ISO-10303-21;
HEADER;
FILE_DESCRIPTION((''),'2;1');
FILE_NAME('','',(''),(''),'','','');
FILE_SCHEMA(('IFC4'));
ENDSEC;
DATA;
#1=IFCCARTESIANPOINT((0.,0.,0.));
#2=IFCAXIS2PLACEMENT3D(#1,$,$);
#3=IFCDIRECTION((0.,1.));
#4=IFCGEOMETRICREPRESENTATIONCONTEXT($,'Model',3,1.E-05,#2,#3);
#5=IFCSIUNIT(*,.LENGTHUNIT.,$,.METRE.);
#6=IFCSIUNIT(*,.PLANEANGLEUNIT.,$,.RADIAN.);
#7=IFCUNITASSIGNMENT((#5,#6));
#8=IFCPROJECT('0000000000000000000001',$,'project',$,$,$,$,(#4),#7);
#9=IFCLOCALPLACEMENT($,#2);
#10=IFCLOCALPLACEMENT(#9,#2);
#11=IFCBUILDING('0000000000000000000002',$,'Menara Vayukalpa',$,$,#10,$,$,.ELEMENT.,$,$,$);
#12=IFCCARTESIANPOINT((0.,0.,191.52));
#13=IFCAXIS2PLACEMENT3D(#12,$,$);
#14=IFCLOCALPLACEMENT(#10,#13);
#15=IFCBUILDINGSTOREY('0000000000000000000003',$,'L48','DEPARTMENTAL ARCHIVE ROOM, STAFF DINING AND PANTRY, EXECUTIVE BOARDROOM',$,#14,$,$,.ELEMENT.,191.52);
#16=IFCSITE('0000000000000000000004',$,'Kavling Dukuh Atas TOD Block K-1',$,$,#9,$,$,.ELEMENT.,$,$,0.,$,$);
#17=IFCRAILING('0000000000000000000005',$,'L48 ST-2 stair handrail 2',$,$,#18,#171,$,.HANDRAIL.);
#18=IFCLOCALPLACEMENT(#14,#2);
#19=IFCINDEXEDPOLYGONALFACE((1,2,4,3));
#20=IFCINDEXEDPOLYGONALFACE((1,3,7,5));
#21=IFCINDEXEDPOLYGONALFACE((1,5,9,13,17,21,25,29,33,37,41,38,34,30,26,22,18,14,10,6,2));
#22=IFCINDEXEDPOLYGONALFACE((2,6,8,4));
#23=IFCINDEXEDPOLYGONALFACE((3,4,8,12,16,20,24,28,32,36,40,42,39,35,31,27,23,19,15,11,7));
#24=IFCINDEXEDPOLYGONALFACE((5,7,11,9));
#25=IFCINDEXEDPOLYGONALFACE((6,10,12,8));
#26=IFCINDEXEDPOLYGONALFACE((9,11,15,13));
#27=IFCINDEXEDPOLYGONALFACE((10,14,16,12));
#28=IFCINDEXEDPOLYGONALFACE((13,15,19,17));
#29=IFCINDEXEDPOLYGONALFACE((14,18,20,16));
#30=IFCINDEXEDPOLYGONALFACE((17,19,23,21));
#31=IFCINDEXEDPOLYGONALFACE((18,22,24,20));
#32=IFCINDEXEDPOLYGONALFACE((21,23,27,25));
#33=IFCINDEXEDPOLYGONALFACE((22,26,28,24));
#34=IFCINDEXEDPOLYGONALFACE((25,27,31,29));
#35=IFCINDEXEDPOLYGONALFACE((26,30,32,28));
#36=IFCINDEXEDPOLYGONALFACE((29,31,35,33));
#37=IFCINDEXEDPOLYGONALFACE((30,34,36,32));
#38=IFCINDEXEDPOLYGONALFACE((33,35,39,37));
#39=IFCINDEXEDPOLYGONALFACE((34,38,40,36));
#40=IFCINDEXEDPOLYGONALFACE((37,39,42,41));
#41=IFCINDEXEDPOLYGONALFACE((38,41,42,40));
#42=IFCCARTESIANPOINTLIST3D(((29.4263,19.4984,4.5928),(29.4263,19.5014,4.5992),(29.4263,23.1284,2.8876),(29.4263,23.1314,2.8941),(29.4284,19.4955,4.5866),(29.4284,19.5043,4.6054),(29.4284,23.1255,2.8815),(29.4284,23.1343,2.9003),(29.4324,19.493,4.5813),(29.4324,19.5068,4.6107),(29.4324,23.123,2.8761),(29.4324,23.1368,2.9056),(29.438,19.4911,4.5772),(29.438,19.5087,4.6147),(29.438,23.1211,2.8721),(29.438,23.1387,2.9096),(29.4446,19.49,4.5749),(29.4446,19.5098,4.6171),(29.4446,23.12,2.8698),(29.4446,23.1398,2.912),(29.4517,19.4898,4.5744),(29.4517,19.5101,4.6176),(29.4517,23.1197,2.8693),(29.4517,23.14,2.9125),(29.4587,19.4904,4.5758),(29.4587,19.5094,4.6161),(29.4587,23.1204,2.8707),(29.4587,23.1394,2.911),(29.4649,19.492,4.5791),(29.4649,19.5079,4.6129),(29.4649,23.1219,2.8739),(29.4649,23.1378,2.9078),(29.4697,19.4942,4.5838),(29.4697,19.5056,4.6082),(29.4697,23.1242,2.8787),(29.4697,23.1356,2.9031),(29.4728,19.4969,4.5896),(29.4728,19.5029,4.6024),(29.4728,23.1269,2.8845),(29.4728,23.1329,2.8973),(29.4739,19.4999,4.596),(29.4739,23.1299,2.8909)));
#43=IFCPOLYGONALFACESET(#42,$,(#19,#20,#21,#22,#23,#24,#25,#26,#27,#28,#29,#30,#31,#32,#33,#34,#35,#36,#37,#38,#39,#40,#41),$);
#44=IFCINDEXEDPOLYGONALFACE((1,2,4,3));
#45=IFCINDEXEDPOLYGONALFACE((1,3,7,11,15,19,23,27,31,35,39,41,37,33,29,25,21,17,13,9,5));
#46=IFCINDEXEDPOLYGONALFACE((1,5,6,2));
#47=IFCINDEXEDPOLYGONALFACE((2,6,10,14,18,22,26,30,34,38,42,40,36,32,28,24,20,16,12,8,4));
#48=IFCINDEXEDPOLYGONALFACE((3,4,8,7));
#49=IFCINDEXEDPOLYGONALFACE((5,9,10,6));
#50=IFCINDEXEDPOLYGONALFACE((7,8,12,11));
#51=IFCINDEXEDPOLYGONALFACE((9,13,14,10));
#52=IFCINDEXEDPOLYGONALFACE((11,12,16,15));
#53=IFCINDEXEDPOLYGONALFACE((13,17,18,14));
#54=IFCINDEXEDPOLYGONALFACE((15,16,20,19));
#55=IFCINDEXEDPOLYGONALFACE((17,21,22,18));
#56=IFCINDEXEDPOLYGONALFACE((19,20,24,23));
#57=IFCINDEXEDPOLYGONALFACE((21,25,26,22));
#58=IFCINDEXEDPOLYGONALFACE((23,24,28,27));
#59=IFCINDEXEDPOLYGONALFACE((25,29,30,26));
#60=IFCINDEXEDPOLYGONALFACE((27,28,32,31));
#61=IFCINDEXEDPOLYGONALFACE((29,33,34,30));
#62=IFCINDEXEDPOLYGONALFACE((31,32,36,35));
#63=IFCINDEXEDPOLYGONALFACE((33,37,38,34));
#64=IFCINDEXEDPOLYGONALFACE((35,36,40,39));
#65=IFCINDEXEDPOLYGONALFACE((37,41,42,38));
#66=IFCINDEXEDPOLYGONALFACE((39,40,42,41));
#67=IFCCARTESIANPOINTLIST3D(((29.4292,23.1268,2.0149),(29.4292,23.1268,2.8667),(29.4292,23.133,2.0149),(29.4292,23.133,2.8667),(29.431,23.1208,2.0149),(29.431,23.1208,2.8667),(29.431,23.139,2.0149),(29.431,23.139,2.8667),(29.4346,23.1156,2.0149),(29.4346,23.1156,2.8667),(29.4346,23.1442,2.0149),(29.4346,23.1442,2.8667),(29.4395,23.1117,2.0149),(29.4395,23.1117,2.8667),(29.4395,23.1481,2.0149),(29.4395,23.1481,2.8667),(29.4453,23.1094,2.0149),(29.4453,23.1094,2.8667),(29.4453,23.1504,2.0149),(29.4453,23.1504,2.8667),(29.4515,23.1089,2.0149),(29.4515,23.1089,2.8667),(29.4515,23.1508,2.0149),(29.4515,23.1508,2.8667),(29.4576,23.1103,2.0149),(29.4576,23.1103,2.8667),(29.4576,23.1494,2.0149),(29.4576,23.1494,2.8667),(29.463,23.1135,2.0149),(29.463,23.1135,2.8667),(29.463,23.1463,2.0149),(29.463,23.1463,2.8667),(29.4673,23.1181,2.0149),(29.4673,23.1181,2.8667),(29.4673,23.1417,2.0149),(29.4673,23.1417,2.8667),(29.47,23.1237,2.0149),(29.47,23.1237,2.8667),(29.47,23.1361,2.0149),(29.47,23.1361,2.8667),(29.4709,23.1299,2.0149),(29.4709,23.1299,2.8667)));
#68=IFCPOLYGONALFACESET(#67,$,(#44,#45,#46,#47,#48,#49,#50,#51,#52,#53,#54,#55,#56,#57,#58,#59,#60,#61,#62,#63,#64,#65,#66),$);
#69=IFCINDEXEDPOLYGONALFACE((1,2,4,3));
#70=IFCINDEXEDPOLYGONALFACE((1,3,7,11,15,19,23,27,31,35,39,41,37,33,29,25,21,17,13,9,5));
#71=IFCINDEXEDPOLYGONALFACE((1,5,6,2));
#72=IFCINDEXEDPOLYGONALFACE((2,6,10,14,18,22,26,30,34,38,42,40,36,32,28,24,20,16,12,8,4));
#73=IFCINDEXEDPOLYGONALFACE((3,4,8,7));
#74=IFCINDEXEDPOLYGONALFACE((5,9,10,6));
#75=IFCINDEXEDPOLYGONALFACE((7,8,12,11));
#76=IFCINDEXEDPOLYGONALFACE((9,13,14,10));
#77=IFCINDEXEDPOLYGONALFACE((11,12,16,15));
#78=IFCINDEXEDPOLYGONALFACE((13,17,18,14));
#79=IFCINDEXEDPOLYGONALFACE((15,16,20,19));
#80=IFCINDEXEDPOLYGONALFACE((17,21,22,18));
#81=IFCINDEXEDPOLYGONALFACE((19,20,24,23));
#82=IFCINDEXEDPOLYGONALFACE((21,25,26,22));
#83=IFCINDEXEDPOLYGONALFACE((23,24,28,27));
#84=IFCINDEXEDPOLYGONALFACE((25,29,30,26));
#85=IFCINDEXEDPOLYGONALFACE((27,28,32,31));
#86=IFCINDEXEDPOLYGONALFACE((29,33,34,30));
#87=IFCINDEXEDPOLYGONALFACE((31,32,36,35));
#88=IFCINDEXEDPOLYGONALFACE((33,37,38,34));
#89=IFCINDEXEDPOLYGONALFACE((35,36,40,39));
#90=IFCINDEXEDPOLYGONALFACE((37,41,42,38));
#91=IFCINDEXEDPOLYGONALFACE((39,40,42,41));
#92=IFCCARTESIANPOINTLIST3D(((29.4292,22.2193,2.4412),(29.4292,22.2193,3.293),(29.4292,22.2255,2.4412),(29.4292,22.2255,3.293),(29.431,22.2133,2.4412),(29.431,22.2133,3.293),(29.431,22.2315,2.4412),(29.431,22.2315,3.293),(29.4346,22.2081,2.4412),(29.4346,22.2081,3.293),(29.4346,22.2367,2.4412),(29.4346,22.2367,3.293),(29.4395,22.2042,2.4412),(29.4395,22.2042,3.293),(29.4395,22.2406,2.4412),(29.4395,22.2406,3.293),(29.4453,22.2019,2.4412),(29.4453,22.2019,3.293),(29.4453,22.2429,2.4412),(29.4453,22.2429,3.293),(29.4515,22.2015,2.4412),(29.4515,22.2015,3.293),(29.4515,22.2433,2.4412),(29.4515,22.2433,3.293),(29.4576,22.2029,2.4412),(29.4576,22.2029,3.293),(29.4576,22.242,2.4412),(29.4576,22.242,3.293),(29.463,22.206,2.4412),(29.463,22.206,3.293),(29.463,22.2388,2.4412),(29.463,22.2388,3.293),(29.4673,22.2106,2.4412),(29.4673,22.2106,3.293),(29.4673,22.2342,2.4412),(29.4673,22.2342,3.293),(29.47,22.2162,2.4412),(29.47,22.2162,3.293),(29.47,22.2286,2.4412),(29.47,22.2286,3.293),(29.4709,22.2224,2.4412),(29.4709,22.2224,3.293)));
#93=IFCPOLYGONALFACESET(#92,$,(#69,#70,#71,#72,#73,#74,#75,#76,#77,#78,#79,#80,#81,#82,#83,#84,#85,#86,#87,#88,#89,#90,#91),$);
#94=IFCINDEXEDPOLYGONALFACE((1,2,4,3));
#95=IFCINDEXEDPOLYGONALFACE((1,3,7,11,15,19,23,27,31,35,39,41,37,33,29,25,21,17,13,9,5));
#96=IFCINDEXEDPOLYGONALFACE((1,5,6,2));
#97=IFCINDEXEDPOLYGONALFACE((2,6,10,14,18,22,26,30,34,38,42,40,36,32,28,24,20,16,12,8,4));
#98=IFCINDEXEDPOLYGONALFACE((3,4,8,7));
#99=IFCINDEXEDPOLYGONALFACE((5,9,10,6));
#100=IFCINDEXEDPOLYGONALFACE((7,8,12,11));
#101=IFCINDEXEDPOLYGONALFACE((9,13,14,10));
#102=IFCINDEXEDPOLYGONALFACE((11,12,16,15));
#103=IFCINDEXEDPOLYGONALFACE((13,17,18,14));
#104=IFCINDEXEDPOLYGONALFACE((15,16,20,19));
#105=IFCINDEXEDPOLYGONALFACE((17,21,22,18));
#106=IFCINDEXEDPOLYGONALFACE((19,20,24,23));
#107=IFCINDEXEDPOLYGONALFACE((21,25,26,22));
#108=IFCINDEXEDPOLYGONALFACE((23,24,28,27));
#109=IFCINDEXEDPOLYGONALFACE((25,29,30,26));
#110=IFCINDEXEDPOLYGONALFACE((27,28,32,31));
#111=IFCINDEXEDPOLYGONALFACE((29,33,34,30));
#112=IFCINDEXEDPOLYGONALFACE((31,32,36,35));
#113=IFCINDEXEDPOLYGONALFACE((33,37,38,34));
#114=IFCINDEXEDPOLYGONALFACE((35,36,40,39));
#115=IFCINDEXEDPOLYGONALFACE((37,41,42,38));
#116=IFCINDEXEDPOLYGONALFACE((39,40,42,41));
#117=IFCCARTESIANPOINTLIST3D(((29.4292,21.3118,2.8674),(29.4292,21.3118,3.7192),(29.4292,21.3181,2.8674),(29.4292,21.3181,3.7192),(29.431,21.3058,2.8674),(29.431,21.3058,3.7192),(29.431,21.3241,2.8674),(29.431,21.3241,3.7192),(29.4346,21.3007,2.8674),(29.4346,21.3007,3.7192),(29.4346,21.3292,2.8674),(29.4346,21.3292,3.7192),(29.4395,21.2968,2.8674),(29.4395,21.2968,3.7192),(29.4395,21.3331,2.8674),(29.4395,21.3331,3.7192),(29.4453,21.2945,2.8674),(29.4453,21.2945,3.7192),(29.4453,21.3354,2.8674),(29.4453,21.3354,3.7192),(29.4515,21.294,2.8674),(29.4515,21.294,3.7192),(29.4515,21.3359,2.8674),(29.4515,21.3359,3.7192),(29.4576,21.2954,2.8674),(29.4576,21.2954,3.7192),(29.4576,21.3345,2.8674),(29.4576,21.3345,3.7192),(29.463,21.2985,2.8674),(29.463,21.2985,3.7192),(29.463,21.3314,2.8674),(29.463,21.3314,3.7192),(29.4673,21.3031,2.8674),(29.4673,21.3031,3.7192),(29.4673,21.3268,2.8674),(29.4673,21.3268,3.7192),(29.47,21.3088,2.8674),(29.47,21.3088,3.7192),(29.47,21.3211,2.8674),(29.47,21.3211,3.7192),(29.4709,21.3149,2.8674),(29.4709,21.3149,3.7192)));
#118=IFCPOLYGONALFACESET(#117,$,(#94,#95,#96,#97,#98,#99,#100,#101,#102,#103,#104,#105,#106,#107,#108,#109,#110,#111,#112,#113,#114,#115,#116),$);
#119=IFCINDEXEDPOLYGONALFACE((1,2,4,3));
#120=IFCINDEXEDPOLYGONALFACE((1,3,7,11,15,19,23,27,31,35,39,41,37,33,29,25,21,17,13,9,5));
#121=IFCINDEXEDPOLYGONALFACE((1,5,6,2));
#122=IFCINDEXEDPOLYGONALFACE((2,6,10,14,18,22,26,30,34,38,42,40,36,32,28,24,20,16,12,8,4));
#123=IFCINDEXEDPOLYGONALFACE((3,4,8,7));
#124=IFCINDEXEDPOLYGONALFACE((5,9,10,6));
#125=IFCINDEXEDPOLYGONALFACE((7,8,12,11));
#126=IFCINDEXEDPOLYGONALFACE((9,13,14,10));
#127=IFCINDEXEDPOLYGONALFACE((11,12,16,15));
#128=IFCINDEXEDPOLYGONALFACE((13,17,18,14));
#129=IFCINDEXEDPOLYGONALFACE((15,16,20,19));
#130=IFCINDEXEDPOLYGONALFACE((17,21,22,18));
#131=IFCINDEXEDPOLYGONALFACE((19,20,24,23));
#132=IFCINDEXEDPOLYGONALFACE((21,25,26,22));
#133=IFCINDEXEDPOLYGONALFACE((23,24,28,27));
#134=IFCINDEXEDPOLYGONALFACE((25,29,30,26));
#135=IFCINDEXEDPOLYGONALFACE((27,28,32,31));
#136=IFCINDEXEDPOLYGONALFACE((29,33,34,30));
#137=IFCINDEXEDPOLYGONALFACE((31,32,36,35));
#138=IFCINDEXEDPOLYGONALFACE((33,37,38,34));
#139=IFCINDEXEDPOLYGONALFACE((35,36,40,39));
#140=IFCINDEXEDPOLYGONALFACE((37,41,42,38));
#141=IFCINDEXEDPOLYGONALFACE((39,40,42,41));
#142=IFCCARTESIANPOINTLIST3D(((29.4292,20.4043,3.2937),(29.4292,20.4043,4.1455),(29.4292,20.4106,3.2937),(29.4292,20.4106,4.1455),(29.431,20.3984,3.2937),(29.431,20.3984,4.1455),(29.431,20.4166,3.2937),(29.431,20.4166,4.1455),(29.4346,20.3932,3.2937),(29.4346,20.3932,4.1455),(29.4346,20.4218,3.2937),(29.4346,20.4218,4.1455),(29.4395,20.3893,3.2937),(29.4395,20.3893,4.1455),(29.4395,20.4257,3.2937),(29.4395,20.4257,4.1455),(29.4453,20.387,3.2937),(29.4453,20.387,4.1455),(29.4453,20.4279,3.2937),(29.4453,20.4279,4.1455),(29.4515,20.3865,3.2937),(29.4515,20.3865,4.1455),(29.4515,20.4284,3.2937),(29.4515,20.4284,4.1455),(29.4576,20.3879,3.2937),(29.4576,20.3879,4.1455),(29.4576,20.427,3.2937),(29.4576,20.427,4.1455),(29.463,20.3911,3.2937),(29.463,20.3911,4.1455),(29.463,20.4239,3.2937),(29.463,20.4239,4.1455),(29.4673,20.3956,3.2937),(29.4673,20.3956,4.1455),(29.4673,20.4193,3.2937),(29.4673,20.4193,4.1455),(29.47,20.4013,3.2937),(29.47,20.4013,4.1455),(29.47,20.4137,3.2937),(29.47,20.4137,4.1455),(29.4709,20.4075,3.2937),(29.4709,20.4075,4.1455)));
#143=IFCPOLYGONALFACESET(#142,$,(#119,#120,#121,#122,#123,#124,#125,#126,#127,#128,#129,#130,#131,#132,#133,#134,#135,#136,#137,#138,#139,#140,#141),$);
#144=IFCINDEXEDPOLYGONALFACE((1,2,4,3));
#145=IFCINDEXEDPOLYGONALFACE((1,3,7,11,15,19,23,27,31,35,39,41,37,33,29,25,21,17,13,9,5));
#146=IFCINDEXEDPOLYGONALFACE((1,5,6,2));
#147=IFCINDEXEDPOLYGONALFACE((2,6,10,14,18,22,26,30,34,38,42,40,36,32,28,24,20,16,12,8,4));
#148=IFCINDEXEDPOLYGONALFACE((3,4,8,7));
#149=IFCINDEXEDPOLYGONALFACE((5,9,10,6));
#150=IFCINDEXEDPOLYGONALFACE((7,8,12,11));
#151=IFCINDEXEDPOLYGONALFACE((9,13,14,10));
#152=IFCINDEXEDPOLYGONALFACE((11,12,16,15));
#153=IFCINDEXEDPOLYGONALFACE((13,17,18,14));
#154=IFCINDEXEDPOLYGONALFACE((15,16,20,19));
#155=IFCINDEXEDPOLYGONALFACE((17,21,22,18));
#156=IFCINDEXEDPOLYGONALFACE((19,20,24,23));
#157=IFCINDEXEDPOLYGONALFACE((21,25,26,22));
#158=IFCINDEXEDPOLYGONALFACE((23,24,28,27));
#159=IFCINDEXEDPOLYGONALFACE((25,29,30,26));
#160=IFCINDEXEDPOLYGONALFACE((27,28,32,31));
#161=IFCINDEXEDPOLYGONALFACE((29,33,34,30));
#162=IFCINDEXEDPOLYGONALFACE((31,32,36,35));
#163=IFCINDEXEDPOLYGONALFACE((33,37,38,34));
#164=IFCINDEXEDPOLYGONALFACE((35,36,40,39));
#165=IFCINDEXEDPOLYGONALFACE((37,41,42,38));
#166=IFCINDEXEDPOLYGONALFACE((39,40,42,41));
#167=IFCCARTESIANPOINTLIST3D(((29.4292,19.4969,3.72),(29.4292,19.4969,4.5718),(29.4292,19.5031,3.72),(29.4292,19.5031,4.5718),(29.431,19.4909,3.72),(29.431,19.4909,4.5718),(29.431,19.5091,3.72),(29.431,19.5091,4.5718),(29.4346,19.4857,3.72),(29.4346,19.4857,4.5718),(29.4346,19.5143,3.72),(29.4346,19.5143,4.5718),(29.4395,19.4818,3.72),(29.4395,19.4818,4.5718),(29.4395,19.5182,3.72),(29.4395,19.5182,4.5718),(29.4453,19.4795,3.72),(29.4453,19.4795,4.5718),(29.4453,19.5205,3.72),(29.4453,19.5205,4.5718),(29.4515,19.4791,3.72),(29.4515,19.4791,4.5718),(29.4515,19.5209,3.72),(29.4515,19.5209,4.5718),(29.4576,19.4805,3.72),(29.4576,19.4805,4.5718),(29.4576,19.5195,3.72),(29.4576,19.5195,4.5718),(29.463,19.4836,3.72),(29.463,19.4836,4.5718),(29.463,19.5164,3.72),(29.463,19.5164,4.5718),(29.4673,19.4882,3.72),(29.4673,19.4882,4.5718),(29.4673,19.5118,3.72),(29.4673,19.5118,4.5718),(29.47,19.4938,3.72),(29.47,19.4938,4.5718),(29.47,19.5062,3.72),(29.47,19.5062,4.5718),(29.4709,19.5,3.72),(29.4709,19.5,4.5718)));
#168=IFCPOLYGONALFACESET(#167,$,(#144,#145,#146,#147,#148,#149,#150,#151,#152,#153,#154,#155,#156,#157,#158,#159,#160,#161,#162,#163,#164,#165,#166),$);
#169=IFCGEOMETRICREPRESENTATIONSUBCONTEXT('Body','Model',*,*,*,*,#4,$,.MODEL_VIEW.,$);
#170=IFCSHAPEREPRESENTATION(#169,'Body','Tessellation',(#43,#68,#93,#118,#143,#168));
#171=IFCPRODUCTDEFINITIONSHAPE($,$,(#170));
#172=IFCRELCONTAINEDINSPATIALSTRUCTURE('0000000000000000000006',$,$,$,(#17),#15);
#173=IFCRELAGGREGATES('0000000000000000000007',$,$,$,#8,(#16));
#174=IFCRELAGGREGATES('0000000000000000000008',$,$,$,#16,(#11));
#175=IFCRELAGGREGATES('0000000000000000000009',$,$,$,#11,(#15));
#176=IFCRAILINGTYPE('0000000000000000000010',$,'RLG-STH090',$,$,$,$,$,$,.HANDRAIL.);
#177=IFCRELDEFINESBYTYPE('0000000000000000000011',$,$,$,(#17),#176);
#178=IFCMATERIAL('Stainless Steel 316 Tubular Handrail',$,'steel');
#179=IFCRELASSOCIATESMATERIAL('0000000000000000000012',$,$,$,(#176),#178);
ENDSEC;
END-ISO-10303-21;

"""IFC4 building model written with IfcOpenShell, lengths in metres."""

from ifc_helpers import new_model, si_unit, direction, frame, origin, origin_2d, place, context, subcontext, project, spatial, circle, extrude, material, type_object, element, save


model = new_model("IFC4")

# Units and contexts
model_context = context("Model", 3, precision=1e-05, world=origin(), true_north=direction((0.0, 1.0)))
body_context = subcontext(model_context, "Body", "Model", "MODEL_VIEW")
ifc_project = project(units=[si_unit("LENGTHUNIT", "METRE"), si_unit("PLANEANGLEUNIT", "RADIAN")], contexts=[model_context])

# Site, building, storey
site_placement = place(None, origin())
site = spatial("IfcSite", under=ifc_project, at=site_placement, Name="Kavling Dukuh Atas TOD Block K-1", CompositionType="ELEMENT", RefElevation=0.0)
building_placement = place(site_placement, origin())
building = spatial("IfcBuilding", under=site, at=building_placement, Name="Menara Vayukalpa", CompositionType="ELEMENT")
storey_placement = place(building_placement, frame((0.0, 0.0, 191.52)))
storey = spatial("IfcBuildingStorey", under=building, at=storey_placement, Name="L48", Description="DEPARTMENTAL ARCHIVE ROOM, STAFF DINING AND PANTRY, EXECUTIVE BOARDROOM", CompositionType="ELEMENT", Elevation=191.52)

# Railing
ifc_material_1 = material(Name="Stainless Steel 316 Tubular Handrail", Category="steel")
railing_type_1 = type_object("IfcRailingType", Name="RLG-STH090", PredefinedType="HANDRAIL", material=ifc_material_1)
railing_1_placement = place(storey_placement, frame((29.45, 23.1299, 2.0149)))
element("IfcRailing", 1, at=railing_1_placement, inside=storey, type_object=railing_type_1, Name="L48 ST-2 stair handrail 2", PredefinedType="HANDRAIL", context=body_context, shape_type="SweptSolid", body=[
    extrude(circle(Radius=0.0239, at=origin_2d()), frame((0.0, 0.0, 0.876), z_axis=(0.0, -0.905116, 0.425164), x_axis=(1.0, 0.0, 0.0)), (0.0, 0.0, 1.0), 4.0105),
    extrude(circle(Radius=0.021, at=origin_2d()), origin(), (0.0, 0.0, 1.0), 0.8518),
    extrude(circle(Radius=0.021, at=origin_2d()), frame((0.0, -0.9075, 0.4263)), (0.0, 0.0, 1.0), 0.8518),
    extrude(circle(Radius=0.021, at=origin_2d()), frame((0.0, -1.8149, 0.8525)), (0.0, 0.0, 1.0), 0.8518),
    extrude(circle(Radius=0.021, at=origin_2d()), frame((0.0, -2.7224, 1.2788)), (0.0, 0.0, 1.0), 0.8518),
    extrude(circle(Radius=0.021, at=origin_2d()), frame((0.0, -3.6299, 1.7051)), (0.0, 0.0, 1.0), 0.8518),
])

save(model, "model.ifc")
